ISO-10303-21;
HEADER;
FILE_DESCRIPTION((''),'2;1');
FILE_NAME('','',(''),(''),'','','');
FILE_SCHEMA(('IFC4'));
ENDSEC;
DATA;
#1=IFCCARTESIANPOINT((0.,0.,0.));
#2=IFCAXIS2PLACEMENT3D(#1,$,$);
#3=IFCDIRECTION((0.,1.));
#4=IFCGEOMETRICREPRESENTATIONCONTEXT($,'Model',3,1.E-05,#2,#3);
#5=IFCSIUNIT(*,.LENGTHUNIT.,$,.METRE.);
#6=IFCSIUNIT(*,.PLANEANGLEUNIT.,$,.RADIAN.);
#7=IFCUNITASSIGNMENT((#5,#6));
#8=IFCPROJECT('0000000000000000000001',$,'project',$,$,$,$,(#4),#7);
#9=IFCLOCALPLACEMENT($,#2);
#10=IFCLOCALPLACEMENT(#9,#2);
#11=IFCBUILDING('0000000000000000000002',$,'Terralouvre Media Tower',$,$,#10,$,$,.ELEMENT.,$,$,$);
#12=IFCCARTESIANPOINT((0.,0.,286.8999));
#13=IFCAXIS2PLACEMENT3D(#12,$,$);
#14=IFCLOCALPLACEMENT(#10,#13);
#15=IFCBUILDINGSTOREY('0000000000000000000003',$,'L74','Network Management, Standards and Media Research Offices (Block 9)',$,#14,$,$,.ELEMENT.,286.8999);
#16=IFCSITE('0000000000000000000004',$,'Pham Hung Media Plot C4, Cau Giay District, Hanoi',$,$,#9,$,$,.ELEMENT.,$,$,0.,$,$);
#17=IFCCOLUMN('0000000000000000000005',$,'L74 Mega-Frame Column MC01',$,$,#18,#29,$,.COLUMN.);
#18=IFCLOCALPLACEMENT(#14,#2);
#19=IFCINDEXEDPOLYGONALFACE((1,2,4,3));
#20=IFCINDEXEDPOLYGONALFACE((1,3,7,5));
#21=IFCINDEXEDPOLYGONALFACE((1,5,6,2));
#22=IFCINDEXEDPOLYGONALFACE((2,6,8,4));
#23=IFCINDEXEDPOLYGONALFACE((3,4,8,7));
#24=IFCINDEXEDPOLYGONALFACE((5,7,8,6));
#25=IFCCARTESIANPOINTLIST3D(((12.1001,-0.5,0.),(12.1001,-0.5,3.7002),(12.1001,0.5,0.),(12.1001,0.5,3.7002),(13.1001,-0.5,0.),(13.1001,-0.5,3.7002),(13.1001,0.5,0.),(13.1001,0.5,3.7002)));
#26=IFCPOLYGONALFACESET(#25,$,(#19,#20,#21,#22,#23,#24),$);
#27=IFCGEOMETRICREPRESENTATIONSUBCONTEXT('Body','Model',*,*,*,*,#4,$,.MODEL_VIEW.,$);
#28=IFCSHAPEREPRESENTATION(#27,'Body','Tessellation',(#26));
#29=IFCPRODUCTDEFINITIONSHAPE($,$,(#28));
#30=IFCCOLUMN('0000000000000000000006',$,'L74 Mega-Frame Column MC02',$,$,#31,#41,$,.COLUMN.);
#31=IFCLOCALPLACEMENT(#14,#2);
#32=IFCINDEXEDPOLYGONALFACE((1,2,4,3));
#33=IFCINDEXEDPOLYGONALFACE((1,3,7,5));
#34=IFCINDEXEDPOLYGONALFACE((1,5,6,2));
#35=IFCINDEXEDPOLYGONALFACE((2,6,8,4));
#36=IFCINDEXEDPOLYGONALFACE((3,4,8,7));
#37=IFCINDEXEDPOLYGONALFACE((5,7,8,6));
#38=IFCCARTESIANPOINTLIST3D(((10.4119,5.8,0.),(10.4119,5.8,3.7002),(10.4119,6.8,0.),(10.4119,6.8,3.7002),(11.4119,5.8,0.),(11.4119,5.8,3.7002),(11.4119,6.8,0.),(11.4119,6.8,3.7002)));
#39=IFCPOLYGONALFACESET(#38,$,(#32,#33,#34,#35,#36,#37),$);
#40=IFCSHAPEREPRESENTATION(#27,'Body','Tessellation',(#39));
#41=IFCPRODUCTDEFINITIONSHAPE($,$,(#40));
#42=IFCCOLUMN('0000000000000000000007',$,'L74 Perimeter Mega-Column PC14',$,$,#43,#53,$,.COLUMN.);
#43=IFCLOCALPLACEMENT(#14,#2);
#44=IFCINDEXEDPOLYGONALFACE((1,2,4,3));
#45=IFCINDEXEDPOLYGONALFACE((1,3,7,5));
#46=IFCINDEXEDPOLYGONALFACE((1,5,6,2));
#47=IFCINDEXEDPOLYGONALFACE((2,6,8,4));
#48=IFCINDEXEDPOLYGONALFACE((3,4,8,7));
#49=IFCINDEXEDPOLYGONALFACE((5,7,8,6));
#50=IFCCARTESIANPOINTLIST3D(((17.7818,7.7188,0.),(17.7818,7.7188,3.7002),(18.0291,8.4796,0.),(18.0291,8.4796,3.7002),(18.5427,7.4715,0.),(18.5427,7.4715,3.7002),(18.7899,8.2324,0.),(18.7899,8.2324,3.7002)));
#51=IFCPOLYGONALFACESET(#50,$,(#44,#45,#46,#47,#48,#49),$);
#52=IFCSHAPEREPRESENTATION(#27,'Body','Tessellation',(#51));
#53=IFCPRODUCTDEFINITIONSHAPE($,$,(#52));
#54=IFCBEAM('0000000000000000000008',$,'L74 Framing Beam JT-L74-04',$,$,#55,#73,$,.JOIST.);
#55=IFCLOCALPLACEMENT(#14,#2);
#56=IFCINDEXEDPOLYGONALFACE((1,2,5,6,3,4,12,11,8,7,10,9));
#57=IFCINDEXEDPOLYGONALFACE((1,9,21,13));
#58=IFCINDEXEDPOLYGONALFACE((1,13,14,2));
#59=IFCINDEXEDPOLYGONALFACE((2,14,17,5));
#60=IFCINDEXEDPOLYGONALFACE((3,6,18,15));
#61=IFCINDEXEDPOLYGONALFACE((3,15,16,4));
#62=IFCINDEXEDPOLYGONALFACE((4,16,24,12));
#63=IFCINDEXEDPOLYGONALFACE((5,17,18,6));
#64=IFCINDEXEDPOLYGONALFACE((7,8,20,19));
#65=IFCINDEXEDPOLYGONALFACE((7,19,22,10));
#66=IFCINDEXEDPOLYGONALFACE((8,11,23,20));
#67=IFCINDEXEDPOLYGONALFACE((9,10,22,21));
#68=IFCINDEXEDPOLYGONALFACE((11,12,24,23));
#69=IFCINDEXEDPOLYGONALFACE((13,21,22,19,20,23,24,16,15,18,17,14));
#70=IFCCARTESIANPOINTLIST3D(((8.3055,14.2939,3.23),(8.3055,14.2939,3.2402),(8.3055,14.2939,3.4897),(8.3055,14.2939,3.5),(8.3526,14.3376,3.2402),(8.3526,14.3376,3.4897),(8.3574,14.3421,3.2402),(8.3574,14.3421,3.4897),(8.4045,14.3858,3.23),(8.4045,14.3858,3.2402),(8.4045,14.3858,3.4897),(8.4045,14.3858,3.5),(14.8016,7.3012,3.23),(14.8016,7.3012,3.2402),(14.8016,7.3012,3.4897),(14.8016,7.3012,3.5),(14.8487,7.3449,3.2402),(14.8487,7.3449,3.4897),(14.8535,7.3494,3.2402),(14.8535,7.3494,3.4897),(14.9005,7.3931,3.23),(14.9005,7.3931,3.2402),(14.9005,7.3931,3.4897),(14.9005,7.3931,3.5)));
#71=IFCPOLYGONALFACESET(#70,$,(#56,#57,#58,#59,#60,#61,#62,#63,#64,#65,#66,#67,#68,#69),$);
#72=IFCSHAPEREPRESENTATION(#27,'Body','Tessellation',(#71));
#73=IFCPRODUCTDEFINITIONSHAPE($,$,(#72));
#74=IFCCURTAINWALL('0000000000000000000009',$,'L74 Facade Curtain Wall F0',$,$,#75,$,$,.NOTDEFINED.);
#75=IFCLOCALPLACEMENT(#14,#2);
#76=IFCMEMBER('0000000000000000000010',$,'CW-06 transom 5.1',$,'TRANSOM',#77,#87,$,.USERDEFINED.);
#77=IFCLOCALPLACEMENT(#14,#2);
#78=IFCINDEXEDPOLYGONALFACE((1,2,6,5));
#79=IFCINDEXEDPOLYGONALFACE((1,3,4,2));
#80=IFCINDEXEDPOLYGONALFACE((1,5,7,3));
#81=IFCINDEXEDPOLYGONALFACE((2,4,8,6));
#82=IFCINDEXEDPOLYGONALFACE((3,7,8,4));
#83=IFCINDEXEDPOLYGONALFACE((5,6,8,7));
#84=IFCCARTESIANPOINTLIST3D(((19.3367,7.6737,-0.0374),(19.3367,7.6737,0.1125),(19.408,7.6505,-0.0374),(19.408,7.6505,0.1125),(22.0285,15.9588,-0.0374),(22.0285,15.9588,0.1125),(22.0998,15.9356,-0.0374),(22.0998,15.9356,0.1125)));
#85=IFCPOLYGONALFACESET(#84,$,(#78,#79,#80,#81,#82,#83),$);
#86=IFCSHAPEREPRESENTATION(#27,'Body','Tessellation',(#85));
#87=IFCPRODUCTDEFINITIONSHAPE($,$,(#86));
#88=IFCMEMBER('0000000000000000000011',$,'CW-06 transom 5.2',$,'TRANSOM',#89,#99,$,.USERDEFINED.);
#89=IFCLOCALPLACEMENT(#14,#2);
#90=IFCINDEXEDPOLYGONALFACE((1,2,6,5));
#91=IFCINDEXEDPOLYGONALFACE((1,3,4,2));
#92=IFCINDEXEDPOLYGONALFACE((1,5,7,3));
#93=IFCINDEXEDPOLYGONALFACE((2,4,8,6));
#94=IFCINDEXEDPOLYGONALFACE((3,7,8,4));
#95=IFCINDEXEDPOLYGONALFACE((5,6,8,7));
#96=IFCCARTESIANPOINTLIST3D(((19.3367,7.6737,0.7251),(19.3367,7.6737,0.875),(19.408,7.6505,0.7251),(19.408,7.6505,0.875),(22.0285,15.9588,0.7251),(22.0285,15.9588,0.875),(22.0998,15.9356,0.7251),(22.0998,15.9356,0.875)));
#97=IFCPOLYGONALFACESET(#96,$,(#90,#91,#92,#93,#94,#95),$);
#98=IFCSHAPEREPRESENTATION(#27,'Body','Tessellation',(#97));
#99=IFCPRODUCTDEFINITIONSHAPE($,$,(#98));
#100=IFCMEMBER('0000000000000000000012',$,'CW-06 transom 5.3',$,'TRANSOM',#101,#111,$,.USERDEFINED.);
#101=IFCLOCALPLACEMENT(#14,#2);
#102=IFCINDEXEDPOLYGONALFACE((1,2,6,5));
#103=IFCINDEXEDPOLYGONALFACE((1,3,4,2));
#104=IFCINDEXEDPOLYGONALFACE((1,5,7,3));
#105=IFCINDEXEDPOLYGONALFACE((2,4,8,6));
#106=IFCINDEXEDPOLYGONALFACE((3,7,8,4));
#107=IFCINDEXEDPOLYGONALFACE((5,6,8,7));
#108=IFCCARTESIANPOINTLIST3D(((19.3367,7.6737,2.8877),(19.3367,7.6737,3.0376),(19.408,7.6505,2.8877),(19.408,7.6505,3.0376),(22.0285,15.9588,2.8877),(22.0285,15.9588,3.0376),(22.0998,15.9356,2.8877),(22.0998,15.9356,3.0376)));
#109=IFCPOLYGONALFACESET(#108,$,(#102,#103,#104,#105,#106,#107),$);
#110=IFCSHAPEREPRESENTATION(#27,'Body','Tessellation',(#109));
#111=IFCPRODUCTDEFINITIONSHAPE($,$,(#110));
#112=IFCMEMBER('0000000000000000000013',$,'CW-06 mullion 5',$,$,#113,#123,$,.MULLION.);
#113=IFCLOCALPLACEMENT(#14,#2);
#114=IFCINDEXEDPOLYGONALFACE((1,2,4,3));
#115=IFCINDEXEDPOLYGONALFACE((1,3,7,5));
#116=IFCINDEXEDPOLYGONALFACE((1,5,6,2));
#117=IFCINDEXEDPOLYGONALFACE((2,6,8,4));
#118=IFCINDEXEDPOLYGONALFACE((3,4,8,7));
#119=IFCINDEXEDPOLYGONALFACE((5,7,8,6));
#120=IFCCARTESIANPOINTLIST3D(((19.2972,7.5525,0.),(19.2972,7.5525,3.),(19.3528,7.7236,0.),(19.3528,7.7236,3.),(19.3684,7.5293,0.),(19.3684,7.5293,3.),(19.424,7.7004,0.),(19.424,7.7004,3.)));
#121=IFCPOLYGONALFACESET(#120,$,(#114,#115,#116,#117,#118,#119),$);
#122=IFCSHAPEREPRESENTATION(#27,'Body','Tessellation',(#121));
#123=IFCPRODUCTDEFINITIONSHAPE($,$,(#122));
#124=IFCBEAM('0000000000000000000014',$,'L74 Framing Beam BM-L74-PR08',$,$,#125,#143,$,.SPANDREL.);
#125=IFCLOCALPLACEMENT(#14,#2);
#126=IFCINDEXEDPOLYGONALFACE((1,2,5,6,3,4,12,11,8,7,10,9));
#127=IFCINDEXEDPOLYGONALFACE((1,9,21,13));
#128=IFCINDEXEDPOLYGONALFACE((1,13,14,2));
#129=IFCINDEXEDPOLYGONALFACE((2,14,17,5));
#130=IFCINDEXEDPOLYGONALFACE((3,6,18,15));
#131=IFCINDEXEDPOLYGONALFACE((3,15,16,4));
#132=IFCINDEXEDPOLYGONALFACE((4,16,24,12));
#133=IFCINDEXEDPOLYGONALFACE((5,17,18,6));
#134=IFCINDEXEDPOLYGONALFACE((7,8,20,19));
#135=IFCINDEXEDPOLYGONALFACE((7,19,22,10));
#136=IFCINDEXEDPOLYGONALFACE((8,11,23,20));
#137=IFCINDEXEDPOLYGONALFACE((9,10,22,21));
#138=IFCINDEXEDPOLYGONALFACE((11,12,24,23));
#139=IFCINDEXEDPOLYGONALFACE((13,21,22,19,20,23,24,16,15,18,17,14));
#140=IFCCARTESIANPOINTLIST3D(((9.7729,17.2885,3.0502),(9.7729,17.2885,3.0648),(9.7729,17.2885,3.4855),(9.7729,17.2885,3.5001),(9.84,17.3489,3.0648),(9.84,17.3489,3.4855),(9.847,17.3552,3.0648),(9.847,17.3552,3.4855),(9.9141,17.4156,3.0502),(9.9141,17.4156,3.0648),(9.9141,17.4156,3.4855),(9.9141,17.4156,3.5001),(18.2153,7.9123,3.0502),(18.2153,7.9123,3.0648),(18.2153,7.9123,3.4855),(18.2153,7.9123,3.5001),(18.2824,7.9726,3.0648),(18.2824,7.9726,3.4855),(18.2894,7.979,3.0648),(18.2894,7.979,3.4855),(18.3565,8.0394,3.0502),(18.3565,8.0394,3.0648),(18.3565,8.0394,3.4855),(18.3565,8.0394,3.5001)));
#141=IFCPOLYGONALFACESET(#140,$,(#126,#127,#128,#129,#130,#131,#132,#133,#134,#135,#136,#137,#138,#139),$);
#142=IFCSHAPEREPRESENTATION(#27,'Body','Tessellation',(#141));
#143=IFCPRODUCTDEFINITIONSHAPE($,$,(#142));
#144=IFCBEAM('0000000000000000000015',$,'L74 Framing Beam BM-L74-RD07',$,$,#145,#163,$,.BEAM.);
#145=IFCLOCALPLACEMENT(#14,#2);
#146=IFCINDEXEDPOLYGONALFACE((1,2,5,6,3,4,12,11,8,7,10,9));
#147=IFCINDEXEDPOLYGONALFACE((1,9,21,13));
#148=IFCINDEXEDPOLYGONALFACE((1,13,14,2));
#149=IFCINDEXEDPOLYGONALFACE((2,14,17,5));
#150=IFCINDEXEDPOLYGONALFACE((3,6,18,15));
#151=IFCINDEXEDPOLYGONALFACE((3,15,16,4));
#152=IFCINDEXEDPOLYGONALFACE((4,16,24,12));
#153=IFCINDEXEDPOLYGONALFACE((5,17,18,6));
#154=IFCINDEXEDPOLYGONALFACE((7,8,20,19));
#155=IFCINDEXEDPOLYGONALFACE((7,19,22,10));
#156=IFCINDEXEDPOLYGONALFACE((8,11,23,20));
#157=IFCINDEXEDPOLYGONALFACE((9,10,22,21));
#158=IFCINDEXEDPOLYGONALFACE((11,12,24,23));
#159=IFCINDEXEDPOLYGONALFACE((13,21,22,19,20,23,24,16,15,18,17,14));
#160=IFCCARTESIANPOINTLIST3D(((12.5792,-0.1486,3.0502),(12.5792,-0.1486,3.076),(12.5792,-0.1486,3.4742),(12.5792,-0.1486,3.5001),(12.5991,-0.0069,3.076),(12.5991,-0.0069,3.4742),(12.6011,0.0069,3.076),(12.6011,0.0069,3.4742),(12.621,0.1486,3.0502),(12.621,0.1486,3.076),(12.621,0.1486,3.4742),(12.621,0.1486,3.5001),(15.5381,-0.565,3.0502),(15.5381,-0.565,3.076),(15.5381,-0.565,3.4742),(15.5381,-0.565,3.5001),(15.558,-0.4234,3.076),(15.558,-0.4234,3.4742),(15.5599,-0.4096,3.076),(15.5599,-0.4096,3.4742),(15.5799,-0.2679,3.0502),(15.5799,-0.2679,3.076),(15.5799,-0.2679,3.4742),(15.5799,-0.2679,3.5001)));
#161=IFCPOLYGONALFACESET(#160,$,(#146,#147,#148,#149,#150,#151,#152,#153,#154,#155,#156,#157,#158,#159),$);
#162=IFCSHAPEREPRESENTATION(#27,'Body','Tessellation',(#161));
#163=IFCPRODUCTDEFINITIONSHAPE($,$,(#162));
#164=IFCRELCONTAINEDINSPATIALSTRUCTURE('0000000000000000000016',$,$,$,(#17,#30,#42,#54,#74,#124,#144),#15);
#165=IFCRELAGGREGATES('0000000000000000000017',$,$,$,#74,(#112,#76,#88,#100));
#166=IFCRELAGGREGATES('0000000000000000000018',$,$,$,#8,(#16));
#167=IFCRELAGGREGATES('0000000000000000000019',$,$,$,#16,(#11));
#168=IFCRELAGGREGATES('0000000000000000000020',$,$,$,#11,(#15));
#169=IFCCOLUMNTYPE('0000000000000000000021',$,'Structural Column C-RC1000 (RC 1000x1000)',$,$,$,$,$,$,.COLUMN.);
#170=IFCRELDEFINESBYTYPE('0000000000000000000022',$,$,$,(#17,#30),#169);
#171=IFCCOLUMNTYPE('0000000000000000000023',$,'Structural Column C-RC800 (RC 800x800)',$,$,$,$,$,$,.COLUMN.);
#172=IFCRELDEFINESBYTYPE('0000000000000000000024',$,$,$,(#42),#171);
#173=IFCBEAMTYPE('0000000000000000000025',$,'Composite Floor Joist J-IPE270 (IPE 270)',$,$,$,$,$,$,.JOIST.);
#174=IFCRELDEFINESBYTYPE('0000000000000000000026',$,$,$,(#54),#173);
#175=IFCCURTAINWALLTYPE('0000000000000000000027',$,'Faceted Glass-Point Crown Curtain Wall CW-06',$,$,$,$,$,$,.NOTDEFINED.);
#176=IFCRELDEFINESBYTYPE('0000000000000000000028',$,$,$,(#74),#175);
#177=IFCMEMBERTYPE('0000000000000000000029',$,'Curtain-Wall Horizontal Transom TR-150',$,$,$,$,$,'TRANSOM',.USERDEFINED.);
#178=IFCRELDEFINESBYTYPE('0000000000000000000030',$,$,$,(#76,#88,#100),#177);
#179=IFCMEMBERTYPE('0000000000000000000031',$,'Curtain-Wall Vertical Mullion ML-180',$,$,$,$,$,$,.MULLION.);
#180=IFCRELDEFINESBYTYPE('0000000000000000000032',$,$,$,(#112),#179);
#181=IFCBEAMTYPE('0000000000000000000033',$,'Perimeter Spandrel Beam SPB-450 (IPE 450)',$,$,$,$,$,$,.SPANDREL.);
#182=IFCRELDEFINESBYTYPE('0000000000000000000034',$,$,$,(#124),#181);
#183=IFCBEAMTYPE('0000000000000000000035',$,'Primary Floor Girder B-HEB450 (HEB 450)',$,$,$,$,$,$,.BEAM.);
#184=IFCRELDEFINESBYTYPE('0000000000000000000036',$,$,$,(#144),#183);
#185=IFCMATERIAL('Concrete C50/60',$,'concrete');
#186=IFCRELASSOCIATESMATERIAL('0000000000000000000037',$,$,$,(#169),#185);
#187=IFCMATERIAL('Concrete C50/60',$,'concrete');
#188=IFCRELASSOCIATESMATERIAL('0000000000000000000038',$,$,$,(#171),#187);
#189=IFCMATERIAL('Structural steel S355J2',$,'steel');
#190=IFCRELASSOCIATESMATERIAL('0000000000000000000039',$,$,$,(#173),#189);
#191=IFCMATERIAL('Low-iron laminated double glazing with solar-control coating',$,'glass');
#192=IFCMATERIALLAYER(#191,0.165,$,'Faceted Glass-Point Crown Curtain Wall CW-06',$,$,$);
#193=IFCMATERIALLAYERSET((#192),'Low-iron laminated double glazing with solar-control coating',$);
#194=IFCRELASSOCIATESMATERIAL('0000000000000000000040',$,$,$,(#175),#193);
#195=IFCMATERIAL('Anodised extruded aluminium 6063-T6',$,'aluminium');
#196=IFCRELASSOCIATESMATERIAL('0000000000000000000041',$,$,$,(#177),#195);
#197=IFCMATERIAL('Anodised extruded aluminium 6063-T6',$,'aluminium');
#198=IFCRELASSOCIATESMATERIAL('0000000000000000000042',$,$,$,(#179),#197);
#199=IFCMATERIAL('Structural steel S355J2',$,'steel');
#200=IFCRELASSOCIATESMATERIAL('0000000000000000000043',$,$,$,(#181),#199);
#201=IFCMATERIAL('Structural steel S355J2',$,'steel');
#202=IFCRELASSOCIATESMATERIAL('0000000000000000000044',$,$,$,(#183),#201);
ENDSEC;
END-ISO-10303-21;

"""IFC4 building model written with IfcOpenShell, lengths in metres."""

from ifc_helpers import new_model, si_unit, direction, frame, origin, origin_2d, place, context, subcontext, project, spatial, rectangle, i_section, extrude, material, layer, layer_set, material_profile, profile_set, type_object, element, aggregate, save


model = new_model("IFC4")

# Units and contexts
model_context = context("Model", 3, precision=1e-05, world=origin(), true_north=direction((0.0, 1.0)))
body_context = subcontext(model_context, "Body", "Model", "MODEL_VIEW")
ifc_project = project(units=[si_unit("LENGTHUNIT", "METRE"), si_unit("PLANEANGLEUNIT", "RADIAN")], contexts=[model_context])

# Site, building, storey
site_placement = place(None, origin())
site = spatial("IfcSite", under=ifc_project, at=site_placement, Name="Pham Hung Media Plot C4, Cau Giay District, Hanoi", CompositionType="ELEMENT", RefElevation=0.0)
building_placement = place(site_placement, origin())
building = spatial("IfcBuilding", under=site, at=building_placement, Name="Terralouvre Media Tower", CompositionType="ELEMENT")
storey_placement = place(building_placement, frame((0.0, 0.0, 286.8999)))
storey = spatial("IfcBuildingStorey", under=building, at=storey_placement, Name="L74", Description="Network Management, Standards and Media Research Offices (Block 9)", CompositionType="ELEMENT", Elevation=286.8999)

# Columns
ifc_material_1 = material(Name="Concrete C50/60", Category="concrete")
ifc_material_profile_1 = material_profile(ifc_material_1, rectangle(XDim=1.0, YDim=1.0, at=origin_2d()), Name="RC 1000x1000")
ifc_profile_set_1 = profile_set([ifc_material_profile_1], Name="Concrete C50/60")
column_type_1 = type_object("IfcColumnType", Name="Structural Column C-RC1000 (RC 1000x1000)", PredefinedType="COLUMN", material=ifc_profile_set_1)
for number, where, z_axis, x_axis, name in (
    (1, (12.6001, 0.0, 0.0), (0.0, 0.0, 1.0), (1.0, 0.0, 0.0), "L74 Mega-Frame Column MC01"),
    (2, (10.9119, 6.3, 0.0), (0.0, 0.0, 1.0), (1.0, 0.0, 0.0), "L74 Mega-Frame Column MC02"),
):
    element("IfcColumn", number, at=place(storey_placement, frame(where, z_axis=z_axis, x_axis=x_axis)), inside=storey, type_object=column_type_1, Name=name, PredefinedType="COLUMN", context=body_context, shape_type="SweptSolid", body=[
        extrude(rectangle(XDim=1.0, YDim=1.0, at=origin_2d()), origin(), (0.0, 0.0, 1.0), 3.7002),
    ])
ifc_material_2 = material(Name="Concrete C50/60", Category="concrete")
ifc_material_profile_2 = material_profile(ifc_material_2, rectangle(XDim=0.8, YDim=0.8, at=origin_2d()), Name="RC 800x800")
ifc_profile_set_2 = profile_set([ifc_material_profile_2], Name="Concrete C50/60")
column_type_2 = type_object("IfcColumnType", Name="Structural Column C-RC800 (RC 800x800)", PredefinedType="COLUMN", material=ifc_profile_set_2)
column_placement = place(storey_placement, frame((18.2859, 7.9756, 0.0), z_axis=(0.0, 0.0, 1.0), x_axis=(0.309017, 0.951057, 0.0)))
element("IfcColumn", 3, at=column_placement, inside=storey, type_object=column_type_2, Name="L74 Perimeter Mega-Column PC14", PredefinedType="COLUMN", context=body_context, shape_type="SweptSolid", body=[
    extrude(rectangle(XDim=0.8, YDim=0.8, at=origin_2d()), origin(), (0.0, 0.0, 1.0), 3.7002),
])

# Beam
ifc_material_3 = material(Name="Structural steel S355J2", Category="steel")
ifc_material_profile_3 = material_profile(ifc_material_3, i_section(OverallWidth=0.135, OverallDepth=0.27, WebThickness=0.0066, FlangeThickness=0.0103, at=origin_2d()), Name="IPE 270")
ifc_profile_set_3 = profile_set([ifc_material_profile_3], Name="Structural steel S355J2")
beam_type_1 = type_object("IfcBeamType", Name="Composite Floor Joist J-IPE270 (IPE 270)", PredefinedType="JOIST", material=ifc_profile_set_3)
beam_1_placement = place(storey_placement, frame((14.8511, 7.3472, 3.365), z_axis=(-0.680614, 0.732642, 0.0), x_axis=(-0.732642, -0.680614, 0.0)))
element("IfcBeam", 4, at=beam_1_placement, inside=storey, type_object=beam_type_1, Name="L74 Framing Beam JT-L74-04", PredefinedType="JOIST", context=body_context, shape_type="SweptSolid", body=[
    extrude(i_section(OverallWidth=0.135, OverallDepth=0.27, WebThickness=0.0066, FlangeThickness=0.0103, at=origin_2d()), origin(), (0.0, 0.0, 1.0), 9.5444),
])

# Curtain wall, members
ifc_material_4 = material(Name="Low-iron laminated double glazing with solar-control coating", Category="glass")
ifc_layer_1 = layer(ifc_material_4, 0.165, Name="Faceted Glass-Point Crown Curtain Wall CW-06")
ifc_layer_set_1 = layer_set([ifc_layer_1], Name="Low-iron laminated double glazing with solar-control coating")
curtain_wall_type = type_object("IfcCurtainWallType", Name="Faceted Glass-Point Crown Curtain Wall CW-06", PredefinedType="NOTDEFINED", material=ifc_layer_set_1)
curtain_wall_placement = place(storey_placement, origin())
curtain_wall = element("IfcCurtainWall", 5, at=curtain_wall_placement, inside=storey, type_object=curtain_wall_type, Name="L74 Facade Curtain Wall F0", PredefinedType="NOTDEFINED")
ifc_material_5 = material(Name="Anodised extruded aluminium 6063-T6", Category="aluminium")
ifc_material_profile_4 = material_profile(ifc_material_5, rectangle(XDim=0.075, YDim=0.1499, at=origin_2d()), Name="ALU 75x150")
ifc_profile_set_4 = profile_set([ifc_material_profile_4], Name="Anodised extruded aluminium 6063-T6")
member_type_1 = type_object("IfcMemberType", Name="Curtain-Wall Horizontal Transom TR-150", ElementType="TRANSOM", PredefinedType="USERDEFINED", material=ifc_profile_set_4)
member_1_placement = place(storey_placement, frame((19.3723, 7.6621, 0.0376), z_axis=(0.309005, 0.95106, 0.0), x_axis=(-0.95106, 0.309005, 0.0)))
member_1 = element("IfcMember", 6, at=member_1_placement, type_object=member_type_1, Name="CW-06 transom 5.1", ObjectType="TRANSOM", PredefinedType="USERDEFINED", context=body_context, shape_type="SweptSolid", body=[
    extrude(rectangle(XDim=0.075, YDim=0.1499, at=origin_2d()), origin(), (0.0, 0.0, 1.0), 8.7114),
])
member_2_placement = place(storey_placement, frame((19.3723, 7.6621, 0.8), z_axis=(0.309005, 0.95106, 0.0), x_axis=(-0.95106, 0.309005, 0.0)))
member_2 = element("IfcMember", 7, at=member_2_placement, type_object=member_type_1, Name="CW-06 transom 5.2", ObjectType="TRANSOM", PredefinedType="USERDEFINED", context=body_context, shape_type="SweptSolid", body=[
    extrude(rectangle(XDim=0.075, YDim=0.1499, at=origin_2d()), origin(), (0.0, 0.0, 1.0), 8.7114),
])
member_3_placement = place(storey_placement, frame((19.3723, 7.6621, 2.9626), z_axis=(0.309005, 0.95106, 0.0), x_axis=(-0.95106, 0.309005, 0.0)))
member_3 = element("IfcMember", 8, at=member_3_placement, type_object=member_type_1, Name="CW-06 transom 5.3", ObjectType="TRANSOM", PredefinedType="USERDEFINED", context=body_context, shape_type="SweptSolid", body=[
    extrude(rectangle(XDim=0.075, YDim=0.1499, at=origin_2d()), origin(), (0.0, 0.0, 1.0), 8.7114),
])
ifc_material_6 = material(Name="Anodised extruded aluminium 6063-T6", Category="aluminium")
ifc_material_profile_5 = material_profile(ifc_material_6, rectangle(XDim=0.075, YDim=0.1799, at=origin_2d()), Name="ALU 75x180")
ifc_profile_set_5 = profile_set([ifc_material_profile_5], Name="Anodised extruded aluminium 6063-T6")
member_type_2 = type_object("IfcMemberType", Name="Curtain-Wall Vertical Mullion ML-180", PredefinedType="MULLION", material=ifc_profile_set_5)
member_4_placement = place(storey_placement, frame((19.3606, 7.6265, 0.0), z_axis=(0.0, 0.0, 1.0), x_axis=(-0.951057, 0.309017, 0.0)))
member_4 = element("IfcMember", 9, at=member_4_placement, type_object=member_type_2, Name="CW-06 mullion 5", PredefinedType="MULLION", context=body_context, shape_type="SweptSolid", body=[
    extrude(rectangle(XDim=0.075, YDim=0.1799, at=origin_2d()), origin(), (0.0, 0.0, 1.0), 3.0),
])

# Beams
ifc_material_7 = material(Name="Structural steel S355J2", Category="steel")
ifc_material_profile_6 = material_profile(ifc_material_7, i_section(OverallWidth=0.1899, OverallDepth=0.45, WebThickness=0.0095, FlangeThickness=0.0146, at=origin_2d()), Name="IPE 450")
ifc_profile_set_6 = profile_set([ifc_material_profile_6], Name="Structural steel S355J2")
beam_type_2 = type_object("IfcBeamType", Name="Perimeter Spandrel Beam SPB-450 (IPE 450)", PredefinedType="SPANDREL", material=ifc_profile_set_6)
beam_2_placement = place(storey_placement, frame((18.2859, 7.9758, 3.2751), z_axis=(-0.66913, 0.743145, 0.0), x_axis=(-0.743145, -0.66913, 0.0)))
element("IfcBeam", 10, at=beam_2_placement, inside=storey, type_object=beam_type_2, Name="L74 Framing Beam BM-L74-PR08", PredefinedType="SPANDREL", context=body_context, shape_type="SweptSolid", body=[
    extrude(i_section(OverallWidth=0.1899, OverallDepth=0.45, WebThickness=0.0095, FlangeThickness=0.0146, at=origin_2d()), origin(), (0.0, 0.0, 1.0), 12.6169),
])
ifc_material_8 = material(Name="Structural steel S355J2", Category="steel")
ifc_material_profile_7 = material_profile(ifc_material_8, i_section(OverallWidth=0.3, OverallDepth=0.45, WebThickness=0.0139, FlangeThickness=0.0259, at=origin_2d()), Name="HEB 450")
ifc_profile_set_7 = profile_set([ifc_material_profile_7], Name="Structural steel S355J2")
beam_type_3 = type_object("IfcBeamType", Name="Primary Floor Girder B-HEB450 (HEB 450)", PredefinedType="BEAM", material=ifc_profile_set_7)
beam_3_placement = place(storey_placement, frame((12.6001, 0.0, 3.2751), z_axis=(0.990238, -0.139385, 0.0), x_axis=(0.139385, 0.990238, 0.0)))
element("IfcBeam", 11, at=beam_3_placement, inside=storey, type_object=beam_type_3, Name="L74 Framing Beam BM-L74-RD07", PredefinedType="BEAM", context=body_context, shape_type="SweptSolid", body=[
    extrude(i_section(OverallWidth=0.3, OverallDepth=0.45, WebThickness=0.0139, FlangeThickness=0.0259, at=origin_2d()), origin(), (0.0, 0.0, 1.0), 2.988),
])

aggregate(curtain_wall, [member_4, member_1, member_2, member_3])

save(model, "model.ifc")
